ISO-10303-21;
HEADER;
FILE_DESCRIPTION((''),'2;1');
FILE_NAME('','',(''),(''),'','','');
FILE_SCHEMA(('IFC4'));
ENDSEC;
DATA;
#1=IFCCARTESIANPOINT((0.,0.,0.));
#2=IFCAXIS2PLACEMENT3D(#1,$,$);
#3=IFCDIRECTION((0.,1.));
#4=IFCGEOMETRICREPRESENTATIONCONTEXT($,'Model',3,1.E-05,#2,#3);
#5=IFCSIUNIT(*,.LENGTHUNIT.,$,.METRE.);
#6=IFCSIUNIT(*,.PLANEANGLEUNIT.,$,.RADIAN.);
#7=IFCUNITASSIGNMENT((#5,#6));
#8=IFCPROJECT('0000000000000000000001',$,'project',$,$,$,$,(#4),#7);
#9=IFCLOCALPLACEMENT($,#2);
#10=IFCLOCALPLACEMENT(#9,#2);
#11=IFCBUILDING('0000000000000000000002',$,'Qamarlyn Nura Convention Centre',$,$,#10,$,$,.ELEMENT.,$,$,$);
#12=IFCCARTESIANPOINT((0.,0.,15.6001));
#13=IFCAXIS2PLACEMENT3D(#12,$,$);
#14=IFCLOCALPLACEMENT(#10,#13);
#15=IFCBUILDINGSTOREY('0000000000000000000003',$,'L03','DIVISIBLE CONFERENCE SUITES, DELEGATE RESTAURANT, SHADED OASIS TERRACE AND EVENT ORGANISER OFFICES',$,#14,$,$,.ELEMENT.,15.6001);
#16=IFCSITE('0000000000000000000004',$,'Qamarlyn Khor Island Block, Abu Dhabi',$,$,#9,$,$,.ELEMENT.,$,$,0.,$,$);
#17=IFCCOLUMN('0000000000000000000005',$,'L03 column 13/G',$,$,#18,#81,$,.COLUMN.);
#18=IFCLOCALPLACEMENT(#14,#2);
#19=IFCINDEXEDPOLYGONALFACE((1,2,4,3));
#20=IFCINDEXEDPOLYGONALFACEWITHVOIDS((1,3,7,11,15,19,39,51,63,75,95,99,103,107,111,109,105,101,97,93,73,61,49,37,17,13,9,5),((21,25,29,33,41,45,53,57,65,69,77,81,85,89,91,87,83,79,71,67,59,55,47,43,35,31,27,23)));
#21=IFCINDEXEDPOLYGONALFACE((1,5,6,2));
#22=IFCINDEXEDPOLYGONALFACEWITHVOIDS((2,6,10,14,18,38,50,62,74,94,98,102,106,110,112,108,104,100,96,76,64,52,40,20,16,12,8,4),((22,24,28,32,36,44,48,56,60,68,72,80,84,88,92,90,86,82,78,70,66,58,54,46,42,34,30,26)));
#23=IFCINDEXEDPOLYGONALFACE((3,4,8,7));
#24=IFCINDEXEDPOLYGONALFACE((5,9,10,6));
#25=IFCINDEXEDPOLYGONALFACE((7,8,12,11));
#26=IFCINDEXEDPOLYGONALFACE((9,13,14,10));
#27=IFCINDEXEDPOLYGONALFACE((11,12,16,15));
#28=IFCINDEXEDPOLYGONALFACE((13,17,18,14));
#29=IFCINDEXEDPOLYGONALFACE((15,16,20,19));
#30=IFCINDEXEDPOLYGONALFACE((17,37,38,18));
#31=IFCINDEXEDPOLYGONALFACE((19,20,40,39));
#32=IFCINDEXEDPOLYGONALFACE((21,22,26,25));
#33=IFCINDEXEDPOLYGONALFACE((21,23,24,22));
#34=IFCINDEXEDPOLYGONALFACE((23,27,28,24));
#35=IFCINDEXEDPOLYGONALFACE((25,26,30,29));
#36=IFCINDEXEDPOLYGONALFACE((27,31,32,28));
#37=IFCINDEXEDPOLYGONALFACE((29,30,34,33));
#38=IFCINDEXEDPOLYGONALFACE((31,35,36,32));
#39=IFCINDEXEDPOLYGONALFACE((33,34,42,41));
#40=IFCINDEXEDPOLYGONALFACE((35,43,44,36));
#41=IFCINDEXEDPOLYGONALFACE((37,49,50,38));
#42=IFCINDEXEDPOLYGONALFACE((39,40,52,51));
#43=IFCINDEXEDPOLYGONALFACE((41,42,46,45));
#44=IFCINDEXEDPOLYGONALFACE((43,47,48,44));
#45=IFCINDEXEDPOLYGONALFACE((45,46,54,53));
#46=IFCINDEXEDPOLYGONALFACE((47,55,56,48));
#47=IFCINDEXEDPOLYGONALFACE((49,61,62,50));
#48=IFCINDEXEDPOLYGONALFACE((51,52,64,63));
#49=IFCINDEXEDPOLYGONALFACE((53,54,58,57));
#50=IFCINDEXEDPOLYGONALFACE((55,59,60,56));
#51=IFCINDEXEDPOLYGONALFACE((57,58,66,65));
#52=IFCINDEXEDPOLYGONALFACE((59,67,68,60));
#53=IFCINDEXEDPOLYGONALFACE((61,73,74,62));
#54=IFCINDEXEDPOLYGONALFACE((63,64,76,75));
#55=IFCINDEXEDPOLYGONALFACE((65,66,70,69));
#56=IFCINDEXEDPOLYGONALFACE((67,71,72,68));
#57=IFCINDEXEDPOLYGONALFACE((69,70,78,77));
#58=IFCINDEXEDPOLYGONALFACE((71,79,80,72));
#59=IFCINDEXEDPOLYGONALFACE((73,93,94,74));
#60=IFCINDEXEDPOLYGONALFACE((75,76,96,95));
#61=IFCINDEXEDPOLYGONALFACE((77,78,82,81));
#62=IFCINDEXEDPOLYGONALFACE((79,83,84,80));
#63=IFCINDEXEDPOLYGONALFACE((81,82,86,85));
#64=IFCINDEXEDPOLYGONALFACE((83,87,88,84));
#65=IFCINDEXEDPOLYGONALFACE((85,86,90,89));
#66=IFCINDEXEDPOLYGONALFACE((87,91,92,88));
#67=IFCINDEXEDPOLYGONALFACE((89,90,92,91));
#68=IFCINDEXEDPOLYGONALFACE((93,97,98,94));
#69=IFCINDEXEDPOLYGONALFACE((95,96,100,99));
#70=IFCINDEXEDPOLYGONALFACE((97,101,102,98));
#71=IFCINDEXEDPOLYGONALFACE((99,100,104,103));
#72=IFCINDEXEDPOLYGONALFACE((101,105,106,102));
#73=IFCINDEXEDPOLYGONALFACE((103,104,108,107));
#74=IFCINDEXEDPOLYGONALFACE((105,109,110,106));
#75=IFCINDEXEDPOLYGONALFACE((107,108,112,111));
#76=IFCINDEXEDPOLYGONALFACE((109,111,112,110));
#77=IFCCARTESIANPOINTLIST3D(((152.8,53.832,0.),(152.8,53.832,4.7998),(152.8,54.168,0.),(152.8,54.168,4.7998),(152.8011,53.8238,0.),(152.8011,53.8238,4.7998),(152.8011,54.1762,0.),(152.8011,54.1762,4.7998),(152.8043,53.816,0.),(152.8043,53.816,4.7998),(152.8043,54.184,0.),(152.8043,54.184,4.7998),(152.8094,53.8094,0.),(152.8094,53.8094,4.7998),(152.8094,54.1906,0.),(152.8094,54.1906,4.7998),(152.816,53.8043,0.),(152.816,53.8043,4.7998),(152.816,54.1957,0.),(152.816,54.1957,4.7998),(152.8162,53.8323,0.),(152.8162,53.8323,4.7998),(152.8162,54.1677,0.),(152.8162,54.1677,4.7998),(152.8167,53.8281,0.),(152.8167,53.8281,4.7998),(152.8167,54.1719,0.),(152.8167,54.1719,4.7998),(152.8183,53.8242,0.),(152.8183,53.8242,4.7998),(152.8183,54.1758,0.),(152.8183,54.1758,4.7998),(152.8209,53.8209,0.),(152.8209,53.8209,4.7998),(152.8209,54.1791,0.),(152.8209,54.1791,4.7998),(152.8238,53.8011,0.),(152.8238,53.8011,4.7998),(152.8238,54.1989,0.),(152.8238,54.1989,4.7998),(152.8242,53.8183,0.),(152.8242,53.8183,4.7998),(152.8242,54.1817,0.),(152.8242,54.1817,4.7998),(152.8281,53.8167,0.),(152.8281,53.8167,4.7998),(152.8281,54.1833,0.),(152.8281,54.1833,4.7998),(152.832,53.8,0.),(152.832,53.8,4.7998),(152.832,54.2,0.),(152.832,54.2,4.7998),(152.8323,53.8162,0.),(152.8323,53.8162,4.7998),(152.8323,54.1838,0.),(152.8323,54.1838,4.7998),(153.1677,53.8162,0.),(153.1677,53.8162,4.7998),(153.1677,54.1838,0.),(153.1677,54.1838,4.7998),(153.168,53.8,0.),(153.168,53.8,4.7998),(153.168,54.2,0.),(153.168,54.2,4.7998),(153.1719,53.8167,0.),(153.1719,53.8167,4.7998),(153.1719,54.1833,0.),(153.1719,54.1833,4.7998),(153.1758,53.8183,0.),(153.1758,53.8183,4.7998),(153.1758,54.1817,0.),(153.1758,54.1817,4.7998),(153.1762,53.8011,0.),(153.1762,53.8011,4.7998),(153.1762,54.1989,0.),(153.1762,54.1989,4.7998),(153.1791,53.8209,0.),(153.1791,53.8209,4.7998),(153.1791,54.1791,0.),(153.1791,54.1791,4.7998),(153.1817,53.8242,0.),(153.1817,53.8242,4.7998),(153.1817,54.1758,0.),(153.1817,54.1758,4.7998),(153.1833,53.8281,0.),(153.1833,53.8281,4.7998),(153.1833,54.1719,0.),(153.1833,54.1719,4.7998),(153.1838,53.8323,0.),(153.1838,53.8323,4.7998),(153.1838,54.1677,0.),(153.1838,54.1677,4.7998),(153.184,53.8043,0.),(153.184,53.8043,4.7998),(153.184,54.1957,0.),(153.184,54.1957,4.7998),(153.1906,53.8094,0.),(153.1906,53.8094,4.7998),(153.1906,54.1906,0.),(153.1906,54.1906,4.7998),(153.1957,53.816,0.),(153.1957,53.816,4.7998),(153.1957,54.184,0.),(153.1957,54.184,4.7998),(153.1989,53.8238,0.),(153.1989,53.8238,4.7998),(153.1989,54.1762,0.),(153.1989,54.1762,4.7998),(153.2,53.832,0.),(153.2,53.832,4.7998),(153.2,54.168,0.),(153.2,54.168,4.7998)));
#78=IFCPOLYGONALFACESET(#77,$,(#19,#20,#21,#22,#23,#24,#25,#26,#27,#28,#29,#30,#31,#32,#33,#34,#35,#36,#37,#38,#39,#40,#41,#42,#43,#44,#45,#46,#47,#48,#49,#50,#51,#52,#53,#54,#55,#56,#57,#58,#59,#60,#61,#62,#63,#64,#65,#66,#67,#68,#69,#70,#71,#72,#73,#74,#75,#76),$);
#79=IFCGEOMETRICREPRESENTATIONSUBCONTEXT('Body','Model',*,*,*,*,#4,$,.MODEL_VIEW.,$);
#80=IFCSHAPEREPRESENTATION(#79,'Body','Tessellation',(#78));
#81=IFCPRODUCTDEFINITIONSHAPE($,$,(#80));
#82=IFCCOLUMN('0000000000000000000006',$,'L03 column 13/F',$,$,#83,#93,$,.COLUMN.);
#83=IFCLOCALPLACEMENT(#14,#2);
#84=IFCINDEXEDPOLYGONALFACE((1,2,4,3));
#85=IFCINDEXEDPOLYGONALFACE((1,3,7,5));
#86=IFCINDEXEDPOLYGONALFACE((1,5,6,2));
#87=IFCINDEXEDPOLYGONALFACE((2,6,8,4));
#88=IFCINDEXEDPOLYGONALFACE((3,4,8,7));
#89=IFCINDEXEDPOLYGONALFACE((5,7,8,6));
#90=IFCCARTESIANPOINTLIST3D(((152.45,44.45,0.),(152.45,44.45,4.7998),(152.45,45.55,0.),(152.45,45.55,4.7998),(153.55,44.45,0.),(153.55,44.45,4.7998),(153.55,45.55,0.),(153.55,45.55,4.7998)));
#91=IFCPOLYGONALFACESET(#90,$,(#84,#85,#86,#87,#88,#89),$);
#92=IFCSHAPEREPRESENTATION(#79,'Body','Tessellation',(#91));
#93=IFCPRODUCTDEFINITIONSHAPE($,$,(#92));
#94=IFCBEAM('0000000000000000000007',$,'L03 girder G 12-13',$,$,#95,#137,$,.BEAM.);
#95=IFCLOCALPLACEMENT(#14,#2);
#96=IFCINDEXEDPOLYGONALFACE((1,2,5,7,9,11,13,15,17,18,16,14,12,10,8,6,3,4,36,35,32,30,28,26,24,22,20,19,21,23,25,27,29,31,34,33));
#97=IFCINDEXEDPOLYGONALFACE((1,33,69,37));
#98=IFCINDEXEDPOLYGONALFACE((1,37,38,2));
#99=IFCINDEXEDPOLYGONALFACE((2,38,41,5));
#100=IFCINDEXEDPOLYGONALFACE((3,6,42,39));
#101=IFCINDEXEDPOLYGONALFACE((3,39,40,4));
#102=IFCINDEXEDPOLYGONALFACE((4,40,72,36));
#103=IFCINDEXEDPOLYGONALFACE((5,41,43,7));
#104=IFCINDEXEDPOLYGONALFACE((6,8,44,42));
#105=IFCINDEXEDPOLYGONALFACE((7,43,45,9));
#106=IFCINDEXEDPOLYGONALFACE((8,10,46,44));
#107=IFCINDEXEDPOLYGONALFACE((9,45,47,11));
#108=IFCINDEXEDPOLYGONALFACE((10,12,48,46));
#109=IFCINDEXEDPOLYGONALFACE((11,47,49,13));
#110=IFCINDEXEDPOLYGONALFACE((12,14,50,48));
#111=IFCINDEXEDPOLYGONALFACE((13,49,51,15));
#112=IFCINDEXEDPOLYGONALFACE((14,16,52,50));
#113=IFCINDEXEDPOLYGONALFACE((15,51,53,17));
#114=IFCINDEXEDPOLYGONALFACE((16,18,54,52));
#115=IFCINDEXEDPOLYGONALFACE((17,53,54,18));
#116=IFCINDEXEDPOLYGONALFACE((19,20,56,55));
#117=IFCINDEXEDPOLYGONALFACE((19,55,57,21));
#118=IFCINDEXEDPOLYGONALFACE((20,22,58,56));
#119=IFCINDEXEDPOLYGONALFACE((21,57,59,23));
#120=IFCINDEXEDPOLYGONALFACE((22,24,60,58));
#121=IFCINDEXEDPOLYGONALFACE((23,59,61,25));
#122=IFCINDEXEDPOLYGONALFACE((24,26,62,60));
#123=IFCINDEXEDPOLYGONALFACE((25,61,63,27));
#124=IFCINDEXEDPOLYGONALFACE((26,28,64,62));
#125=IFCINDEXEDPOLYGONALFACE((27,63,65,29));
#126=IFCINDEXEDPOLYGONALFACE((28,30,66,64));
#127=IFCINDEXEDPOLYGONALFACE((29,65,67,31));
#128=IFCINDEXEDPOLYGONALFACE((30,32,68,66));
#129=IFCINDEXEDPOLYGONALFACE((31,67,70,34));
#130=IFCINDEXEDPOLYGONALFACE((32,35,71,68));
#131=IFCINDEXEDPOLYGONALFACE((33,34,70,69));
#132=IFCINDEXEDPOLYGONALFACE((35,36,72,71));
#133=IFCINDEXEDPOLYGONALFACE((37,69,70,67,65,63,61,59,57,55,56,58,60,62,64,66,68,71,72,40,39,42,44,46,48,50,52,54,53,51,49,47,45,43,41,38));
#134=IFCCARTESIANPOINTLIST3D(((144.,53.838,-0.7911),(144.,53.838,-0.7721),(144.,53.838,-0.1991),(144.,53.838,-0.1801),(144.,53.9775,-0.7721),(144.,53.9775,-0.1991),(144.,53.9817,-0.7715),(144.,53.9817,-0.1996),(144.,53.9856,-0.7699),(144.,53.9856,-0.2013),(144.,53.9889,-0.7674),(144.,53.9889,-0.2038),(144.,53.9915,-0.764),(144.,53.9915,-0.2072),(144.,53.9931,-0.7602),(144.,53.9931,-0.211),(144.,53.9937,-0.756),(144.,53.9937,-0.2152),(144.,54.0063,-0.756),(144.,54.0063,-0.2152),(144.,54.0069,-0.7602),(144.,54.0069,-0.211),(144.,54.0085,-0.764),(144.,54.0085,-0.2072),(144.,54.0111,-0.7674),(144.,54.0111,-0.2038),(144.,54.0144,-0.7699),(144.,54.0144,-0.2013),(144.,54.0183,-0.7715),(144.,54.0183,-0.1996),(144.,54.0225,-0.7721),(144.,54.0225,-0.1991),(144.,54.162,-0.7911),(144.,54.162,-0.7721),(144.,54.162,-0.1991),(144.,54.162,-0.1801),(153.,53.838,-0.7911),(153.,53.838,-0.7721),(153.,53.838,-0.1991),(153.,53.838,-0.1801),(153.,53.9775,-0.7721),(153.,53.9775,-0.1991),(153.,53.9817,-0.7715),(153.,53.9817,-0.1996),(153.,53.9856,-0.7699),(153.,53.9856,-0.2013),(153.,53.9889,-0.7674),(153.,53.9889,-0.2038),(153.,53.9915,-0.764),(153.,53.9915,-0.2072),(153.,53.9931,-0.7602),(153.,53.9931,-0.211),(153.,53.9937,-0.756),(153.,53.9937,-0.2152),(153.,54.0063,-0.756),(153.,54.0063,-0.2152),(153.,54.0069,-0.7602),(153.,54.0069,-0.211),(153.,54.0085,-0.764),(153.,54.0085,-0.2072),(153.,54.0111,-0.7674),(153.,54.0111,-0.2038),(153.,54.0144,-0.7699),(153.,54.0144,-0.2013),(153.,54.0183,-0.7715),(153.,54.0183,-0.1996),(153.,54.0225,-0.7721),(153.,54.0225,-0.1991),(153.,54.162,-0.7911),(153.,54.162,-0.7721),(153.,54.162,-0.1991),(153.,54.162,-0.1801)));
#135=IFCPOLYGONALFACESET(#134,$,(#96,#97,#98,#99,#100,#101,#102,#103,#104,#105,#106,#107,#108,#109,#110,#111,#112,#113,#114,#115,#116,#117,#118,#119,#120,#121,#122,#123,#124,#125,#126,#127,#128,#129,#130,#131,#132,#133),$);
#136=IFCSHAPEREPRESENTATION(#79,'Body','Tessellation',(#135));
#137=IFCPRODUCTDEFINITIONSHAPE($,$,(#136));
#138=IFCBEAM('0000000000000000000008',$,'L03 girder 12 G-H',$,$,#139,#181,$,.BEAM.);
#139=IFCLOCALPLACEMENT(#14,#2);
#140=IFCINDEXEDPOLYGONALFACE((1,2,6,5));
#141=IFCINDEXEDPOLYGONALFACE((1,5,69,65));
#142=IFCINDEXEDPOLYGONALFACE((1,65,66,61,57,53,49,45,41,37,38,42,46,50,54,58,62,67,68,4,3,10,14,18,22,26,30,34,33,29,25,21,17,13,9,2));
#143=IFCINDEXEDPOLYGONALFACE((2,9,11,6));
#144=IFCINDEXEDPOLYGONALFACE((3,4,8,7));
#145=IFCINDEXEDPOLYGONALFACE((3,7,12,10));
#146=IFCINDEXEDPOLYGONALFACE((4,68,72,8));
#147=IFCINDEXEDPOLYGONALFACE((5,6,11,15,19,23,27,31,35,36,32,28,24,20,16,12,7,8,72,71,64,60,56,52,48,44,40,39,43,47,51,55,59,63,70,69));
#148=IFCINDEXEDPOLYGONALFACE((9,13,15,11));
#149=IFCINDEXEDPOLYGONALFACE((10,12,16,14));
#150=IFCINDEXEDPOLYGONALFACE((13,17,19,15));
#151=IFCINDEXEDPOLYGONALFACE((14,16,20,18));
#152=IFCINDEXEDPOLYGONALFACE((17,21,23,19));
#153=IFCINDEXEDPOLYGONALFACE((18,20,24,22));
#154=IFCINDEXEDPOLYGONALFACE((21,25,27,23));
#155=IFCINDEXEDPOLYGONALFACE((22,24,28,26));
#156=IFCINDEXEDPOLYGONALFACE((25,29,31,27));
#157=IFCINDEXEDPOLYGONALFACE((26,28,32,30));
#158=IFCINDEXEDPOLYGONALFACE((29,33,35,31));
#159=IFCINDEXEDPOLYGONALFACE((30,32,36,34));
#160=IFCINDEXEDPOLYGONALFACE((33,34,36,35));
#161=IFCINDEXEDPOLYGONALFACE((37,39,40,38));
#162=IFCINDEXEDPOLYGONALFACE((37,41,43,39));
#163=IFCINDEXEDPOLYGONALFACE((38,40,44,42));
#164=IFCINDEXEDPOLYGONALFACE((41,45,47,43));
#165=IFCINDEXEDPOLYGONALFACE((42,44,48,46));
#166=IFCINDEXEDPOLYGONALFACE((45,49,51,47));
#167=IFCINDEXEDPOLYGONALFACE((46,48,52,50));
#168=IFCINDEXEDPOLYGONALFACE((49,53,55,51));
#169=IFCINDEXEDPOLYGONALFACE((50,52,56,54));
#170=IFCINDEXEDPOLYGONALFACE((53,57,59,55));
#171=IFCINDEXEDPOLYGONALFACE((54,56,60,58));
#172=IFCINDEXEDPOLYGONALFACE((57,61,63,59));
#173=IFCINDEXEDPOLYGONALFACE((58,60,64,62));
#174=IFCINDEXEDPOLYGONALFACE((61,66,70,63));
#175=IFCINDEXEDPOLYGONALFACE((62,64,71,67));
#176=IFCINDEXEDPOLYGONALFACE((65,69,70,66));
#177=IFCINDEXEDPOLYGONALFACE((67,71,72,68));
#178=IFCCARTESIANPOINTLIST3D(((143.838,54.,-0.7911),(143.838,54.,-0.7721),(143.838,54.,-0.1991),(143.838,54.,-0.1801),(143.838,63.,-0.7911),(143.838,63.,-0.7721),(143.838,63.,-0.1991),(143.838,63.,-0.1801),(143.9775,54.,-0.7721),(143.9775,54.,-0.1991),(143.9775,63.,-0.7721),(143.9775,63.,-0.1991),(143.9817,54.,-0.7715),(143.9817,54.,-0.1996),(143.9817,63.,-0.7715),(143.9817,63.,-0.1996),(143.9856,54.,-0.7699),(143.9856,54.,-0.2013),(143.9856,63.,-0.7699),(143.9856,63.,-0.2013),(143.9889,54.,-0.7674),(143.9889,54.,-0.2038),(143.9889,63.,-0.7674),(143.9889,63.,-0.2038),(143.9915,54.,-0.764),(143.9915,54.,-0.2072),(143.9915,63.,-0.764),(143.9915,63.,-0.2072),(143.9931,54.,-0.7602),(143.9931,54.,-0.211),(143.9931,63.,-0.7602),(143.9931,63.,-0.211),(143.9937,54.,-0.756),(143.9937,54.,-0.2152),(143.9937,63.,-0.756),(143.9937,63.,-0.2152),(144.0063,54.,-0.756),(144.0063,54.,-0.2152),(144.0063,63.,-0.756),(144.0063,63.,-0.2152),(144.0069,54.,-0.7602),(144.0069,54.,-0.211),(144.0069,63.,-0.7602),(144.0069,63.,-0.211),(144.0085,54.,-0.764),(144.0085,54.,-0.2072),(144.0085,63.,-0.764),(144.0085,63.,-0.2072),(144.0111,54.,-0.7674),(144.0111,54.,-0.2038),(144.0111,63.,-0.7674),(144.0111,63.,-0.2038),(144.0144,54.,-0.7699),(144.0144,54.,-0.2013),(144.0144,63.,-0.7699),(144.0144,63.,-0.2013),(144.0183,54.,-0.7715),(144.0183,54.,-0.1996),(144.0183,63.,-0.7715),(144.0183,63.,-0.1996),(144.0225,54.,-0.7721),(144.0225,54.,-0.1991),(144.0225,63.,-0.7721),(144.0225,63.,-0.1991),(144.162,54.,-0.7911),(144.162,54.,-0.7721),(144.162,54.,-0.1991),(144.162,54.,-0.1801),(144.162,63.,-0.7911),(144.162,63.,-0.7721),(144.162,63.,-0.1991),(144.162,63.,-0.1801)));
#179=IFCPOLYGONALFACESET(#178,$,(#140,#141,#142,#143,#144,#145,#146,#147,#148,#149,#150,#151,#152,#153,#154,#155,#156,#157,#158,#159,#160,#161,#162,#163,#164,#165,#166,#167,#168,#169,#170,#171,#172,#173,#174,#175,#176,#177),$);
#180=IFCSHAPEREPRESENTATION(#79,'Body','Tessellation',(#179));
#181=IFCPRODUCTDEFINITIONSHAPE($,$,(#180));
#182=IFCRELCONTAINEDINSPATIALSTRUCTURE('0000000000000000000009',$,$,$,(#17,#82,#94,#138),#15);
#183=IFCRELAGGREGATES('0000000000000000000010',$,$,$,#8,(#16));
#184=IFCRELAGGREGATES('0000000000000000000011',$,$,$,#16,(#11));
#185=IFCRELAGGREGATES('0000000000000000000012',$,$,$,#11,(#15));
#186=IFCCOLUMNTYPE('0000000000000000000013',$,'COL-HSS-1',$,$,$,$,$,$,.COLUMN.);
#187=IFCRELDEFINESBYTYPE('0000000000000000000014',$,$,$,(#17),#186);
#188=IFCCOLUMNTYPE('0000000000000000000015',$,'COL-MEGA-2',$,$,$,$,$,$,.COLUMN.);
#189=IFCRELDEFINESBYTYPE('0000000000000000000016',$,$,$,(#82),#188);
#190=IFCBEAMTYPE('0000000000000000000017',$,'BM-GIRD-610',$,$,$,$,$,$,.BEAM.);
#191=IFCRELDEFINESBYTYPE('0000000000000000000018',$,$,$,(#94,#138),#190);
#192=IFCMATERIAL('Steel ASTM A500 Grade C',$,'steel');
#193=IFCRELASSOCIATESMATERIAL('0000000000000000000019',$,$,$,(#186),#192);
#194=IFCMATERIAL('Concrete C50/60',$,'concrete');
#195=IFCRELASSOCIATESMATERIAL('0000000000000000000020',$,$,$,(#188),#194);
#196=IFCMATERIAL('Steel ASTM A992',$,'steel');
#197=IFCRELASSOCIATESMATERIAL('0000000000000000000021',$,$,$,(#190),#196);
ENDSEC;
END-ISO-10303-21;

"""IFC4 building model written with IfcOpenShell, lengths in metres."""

from ifc_helpers import new_model, si_unit, direction, frame, origin, origin_2d, place, context, subcontext, project, spatial, rectangle, hollow_rectangle, i_section, extrude, material, material_profile, profile_set, type_object, element, save


model = new_model("IFC4")

# Units and contexts
model_context = context("Model", 3, precision=1e-05, world=origin(), true_north=direction((0.0, 1.0)))
body_context = subcontext(model_context, "Body", "Model", "MODEL_VIEW")
ifc_project = project(units=[si_unit("LENGTHUNIT", "METRE"), si_unit("PLANEANGLEUNIT", "RADIAN")], contexts=[model_context])

# Site, building, storey
site_placement = place(None, origin())
site = spatial("IfcSite", under=ifc_project, at=site_placement, Name="Qamarlyn Khor Island Block, Abu Dhabi", CompositionType="ELEMENT", RefElevation=0.0)
building_placement = place(site_placement, origin())
building = spatial("IfcBuilding", under=site, at=building_placement, Name="Qamarlyn Nura Convention Centre", CompositionType="ELEMENT")
storey_placement = place(building_placement, frame((0.0, 0.0, 15.6001)))
storey = spatial("IfcBuildingStorey", under=building, at=storey_placement, Name="L03", Description="DIVISIBLE CONFERENCE SUITES, DELEGATE RESTAURANT, SHADED OASIS TERRACE AND EVENT ORGANISER OFFICES", CompositionType="ELEMENT", Elevation=15.6001)

# Columns
ifc_material_1 = material(Name="Steel ASTM A500 Grade C", Category="steel")
ifc_material_profile_1 = material_profile(ifc_material_1, hollow_rectangle(XDim=0.3999, YDim=0.3999, WallThickness=0.0161, InnerFilletRadius=0.0161, OuterFilletRadius=0.032, at=origin_2d()), Name="HSS400X400X16")
ifc_profile_set_1 = profile_set([ifc_material_profile_1], Name="Steel ASTM A500 Grade C")
column_type_1 = type_object("IfcColumnType", Name="COL-HSS-1", PredefinedType="COLUMN", material=ifc_profile_set_1)
column_1_placement = place(storey_placement, frame((153.0, 54.0, 0.0), z_axis=(0.0, 0.0, 1.0), x_axis=(1.0, 0.0, 0.0)))
element("IfcColumn", 1, at=column_1_placement, inside=storey, type_object=column_type_1, Name="L03 column 13/G", PredefinedType="COLUMN", context=body_context, shape_type="SweptSolid", body=[
    extrude(hollow_rectangle(XDim=0.3999, YDim=0.3999, WallThickness=0.0161, InnerFilletRadius=0.0161, OuterFilletRadius=0.032, at=origin_2d()), origin(), (0.0, 0.0, 1.0), 4.7998),
])
ifc_material_2 = material(Name="Concrete C50/60", Category="concrete")
ifc_material_profile_2 = material_profile(ifc_material_2, rectangle(XDim=1.1001, YDim=1.1001, at=origin_2d()), Name="RC 1100x1100")
ifc_profile_set_2 = profile_set([ifc_material_profile_2], Name="Concrete C50/60")
column_type_2 = type_object("IfcColumnType", Name="COL-MEGA-2", PredefinedType="COLUMN", material=ifc_profile_set_2)
column_2_placement = place(storey_placement, frame((153.0, 45.0, 0.0), z_axis=(0.0, 0.0, 1.0), x_axis=(1.0, 0.0, 0.0)))
element("IfcColumn", 2, at=column_2_placement, inside=storey, type_object=column_type_2, Name="L03 column 13/F", PredefinedType="COLUMN", context=body_context, shape_type="SweptSolid", body=[
    extrude(rectangle(XDim=1.1001, YDim=1.1001, at=origin_2d()), origin(), (0.0, 0.0, 1.0), 4.7998),
])

# Beams
ifc_material_3 = material(Name="Steel ASTM A992", Category="steel")
ifc_material_profile_3 = material_profile(ifc_material_3, i_section(OverallWidth=0.324, OverallDepth=0.6111, WebThickness=0.0127, FlangeThickness=0.019, FilletRadius=0.0161, at=origin_2d()), Name="W610X155")
ifc_profile_set_3 = profile_set([ifc_material_profile_3], Name="Steel ASTM A992")
beam_type_1 = type_object("IfcBeamType", Name="BM-GIRD-610", PredefinedType="BEAM", material=ifc_profile_set_3)
for number, where, z_axis, x_axis, name in (
    (3, (144.0, 54.0, -0.4856), (1.0, 0.0, 0.0), (0.0, 1.0, 0.0), "L03 girder G 12-13"),
    (4, (144.0, 54.0, -0.4856), (0.0, 1.0, 0.0), (-1.0, 0.0, 0.0), "L03 girder 12 G-H"),
):
    element("IfcBeam", number, at=place(storey_placement, frame(where, z_axis=z_axis, x_axis=x_axis)), inside=storey, type_object=beam_type_1, Name=name, PredefinedType="BEAM", context=body_context, shape_type="SweptSolid", body=[
        extrude(i_section(OverallWidth=0.324, OverallDepth=0.6111, WebThickness=0.0127, FlangeThickness=0.019, FilletRadius=0.0161, at=origin_2d()), origin(), (0.0, 0.0, 1.0), 9.0),
    ])

save(model, "model.ifc")
